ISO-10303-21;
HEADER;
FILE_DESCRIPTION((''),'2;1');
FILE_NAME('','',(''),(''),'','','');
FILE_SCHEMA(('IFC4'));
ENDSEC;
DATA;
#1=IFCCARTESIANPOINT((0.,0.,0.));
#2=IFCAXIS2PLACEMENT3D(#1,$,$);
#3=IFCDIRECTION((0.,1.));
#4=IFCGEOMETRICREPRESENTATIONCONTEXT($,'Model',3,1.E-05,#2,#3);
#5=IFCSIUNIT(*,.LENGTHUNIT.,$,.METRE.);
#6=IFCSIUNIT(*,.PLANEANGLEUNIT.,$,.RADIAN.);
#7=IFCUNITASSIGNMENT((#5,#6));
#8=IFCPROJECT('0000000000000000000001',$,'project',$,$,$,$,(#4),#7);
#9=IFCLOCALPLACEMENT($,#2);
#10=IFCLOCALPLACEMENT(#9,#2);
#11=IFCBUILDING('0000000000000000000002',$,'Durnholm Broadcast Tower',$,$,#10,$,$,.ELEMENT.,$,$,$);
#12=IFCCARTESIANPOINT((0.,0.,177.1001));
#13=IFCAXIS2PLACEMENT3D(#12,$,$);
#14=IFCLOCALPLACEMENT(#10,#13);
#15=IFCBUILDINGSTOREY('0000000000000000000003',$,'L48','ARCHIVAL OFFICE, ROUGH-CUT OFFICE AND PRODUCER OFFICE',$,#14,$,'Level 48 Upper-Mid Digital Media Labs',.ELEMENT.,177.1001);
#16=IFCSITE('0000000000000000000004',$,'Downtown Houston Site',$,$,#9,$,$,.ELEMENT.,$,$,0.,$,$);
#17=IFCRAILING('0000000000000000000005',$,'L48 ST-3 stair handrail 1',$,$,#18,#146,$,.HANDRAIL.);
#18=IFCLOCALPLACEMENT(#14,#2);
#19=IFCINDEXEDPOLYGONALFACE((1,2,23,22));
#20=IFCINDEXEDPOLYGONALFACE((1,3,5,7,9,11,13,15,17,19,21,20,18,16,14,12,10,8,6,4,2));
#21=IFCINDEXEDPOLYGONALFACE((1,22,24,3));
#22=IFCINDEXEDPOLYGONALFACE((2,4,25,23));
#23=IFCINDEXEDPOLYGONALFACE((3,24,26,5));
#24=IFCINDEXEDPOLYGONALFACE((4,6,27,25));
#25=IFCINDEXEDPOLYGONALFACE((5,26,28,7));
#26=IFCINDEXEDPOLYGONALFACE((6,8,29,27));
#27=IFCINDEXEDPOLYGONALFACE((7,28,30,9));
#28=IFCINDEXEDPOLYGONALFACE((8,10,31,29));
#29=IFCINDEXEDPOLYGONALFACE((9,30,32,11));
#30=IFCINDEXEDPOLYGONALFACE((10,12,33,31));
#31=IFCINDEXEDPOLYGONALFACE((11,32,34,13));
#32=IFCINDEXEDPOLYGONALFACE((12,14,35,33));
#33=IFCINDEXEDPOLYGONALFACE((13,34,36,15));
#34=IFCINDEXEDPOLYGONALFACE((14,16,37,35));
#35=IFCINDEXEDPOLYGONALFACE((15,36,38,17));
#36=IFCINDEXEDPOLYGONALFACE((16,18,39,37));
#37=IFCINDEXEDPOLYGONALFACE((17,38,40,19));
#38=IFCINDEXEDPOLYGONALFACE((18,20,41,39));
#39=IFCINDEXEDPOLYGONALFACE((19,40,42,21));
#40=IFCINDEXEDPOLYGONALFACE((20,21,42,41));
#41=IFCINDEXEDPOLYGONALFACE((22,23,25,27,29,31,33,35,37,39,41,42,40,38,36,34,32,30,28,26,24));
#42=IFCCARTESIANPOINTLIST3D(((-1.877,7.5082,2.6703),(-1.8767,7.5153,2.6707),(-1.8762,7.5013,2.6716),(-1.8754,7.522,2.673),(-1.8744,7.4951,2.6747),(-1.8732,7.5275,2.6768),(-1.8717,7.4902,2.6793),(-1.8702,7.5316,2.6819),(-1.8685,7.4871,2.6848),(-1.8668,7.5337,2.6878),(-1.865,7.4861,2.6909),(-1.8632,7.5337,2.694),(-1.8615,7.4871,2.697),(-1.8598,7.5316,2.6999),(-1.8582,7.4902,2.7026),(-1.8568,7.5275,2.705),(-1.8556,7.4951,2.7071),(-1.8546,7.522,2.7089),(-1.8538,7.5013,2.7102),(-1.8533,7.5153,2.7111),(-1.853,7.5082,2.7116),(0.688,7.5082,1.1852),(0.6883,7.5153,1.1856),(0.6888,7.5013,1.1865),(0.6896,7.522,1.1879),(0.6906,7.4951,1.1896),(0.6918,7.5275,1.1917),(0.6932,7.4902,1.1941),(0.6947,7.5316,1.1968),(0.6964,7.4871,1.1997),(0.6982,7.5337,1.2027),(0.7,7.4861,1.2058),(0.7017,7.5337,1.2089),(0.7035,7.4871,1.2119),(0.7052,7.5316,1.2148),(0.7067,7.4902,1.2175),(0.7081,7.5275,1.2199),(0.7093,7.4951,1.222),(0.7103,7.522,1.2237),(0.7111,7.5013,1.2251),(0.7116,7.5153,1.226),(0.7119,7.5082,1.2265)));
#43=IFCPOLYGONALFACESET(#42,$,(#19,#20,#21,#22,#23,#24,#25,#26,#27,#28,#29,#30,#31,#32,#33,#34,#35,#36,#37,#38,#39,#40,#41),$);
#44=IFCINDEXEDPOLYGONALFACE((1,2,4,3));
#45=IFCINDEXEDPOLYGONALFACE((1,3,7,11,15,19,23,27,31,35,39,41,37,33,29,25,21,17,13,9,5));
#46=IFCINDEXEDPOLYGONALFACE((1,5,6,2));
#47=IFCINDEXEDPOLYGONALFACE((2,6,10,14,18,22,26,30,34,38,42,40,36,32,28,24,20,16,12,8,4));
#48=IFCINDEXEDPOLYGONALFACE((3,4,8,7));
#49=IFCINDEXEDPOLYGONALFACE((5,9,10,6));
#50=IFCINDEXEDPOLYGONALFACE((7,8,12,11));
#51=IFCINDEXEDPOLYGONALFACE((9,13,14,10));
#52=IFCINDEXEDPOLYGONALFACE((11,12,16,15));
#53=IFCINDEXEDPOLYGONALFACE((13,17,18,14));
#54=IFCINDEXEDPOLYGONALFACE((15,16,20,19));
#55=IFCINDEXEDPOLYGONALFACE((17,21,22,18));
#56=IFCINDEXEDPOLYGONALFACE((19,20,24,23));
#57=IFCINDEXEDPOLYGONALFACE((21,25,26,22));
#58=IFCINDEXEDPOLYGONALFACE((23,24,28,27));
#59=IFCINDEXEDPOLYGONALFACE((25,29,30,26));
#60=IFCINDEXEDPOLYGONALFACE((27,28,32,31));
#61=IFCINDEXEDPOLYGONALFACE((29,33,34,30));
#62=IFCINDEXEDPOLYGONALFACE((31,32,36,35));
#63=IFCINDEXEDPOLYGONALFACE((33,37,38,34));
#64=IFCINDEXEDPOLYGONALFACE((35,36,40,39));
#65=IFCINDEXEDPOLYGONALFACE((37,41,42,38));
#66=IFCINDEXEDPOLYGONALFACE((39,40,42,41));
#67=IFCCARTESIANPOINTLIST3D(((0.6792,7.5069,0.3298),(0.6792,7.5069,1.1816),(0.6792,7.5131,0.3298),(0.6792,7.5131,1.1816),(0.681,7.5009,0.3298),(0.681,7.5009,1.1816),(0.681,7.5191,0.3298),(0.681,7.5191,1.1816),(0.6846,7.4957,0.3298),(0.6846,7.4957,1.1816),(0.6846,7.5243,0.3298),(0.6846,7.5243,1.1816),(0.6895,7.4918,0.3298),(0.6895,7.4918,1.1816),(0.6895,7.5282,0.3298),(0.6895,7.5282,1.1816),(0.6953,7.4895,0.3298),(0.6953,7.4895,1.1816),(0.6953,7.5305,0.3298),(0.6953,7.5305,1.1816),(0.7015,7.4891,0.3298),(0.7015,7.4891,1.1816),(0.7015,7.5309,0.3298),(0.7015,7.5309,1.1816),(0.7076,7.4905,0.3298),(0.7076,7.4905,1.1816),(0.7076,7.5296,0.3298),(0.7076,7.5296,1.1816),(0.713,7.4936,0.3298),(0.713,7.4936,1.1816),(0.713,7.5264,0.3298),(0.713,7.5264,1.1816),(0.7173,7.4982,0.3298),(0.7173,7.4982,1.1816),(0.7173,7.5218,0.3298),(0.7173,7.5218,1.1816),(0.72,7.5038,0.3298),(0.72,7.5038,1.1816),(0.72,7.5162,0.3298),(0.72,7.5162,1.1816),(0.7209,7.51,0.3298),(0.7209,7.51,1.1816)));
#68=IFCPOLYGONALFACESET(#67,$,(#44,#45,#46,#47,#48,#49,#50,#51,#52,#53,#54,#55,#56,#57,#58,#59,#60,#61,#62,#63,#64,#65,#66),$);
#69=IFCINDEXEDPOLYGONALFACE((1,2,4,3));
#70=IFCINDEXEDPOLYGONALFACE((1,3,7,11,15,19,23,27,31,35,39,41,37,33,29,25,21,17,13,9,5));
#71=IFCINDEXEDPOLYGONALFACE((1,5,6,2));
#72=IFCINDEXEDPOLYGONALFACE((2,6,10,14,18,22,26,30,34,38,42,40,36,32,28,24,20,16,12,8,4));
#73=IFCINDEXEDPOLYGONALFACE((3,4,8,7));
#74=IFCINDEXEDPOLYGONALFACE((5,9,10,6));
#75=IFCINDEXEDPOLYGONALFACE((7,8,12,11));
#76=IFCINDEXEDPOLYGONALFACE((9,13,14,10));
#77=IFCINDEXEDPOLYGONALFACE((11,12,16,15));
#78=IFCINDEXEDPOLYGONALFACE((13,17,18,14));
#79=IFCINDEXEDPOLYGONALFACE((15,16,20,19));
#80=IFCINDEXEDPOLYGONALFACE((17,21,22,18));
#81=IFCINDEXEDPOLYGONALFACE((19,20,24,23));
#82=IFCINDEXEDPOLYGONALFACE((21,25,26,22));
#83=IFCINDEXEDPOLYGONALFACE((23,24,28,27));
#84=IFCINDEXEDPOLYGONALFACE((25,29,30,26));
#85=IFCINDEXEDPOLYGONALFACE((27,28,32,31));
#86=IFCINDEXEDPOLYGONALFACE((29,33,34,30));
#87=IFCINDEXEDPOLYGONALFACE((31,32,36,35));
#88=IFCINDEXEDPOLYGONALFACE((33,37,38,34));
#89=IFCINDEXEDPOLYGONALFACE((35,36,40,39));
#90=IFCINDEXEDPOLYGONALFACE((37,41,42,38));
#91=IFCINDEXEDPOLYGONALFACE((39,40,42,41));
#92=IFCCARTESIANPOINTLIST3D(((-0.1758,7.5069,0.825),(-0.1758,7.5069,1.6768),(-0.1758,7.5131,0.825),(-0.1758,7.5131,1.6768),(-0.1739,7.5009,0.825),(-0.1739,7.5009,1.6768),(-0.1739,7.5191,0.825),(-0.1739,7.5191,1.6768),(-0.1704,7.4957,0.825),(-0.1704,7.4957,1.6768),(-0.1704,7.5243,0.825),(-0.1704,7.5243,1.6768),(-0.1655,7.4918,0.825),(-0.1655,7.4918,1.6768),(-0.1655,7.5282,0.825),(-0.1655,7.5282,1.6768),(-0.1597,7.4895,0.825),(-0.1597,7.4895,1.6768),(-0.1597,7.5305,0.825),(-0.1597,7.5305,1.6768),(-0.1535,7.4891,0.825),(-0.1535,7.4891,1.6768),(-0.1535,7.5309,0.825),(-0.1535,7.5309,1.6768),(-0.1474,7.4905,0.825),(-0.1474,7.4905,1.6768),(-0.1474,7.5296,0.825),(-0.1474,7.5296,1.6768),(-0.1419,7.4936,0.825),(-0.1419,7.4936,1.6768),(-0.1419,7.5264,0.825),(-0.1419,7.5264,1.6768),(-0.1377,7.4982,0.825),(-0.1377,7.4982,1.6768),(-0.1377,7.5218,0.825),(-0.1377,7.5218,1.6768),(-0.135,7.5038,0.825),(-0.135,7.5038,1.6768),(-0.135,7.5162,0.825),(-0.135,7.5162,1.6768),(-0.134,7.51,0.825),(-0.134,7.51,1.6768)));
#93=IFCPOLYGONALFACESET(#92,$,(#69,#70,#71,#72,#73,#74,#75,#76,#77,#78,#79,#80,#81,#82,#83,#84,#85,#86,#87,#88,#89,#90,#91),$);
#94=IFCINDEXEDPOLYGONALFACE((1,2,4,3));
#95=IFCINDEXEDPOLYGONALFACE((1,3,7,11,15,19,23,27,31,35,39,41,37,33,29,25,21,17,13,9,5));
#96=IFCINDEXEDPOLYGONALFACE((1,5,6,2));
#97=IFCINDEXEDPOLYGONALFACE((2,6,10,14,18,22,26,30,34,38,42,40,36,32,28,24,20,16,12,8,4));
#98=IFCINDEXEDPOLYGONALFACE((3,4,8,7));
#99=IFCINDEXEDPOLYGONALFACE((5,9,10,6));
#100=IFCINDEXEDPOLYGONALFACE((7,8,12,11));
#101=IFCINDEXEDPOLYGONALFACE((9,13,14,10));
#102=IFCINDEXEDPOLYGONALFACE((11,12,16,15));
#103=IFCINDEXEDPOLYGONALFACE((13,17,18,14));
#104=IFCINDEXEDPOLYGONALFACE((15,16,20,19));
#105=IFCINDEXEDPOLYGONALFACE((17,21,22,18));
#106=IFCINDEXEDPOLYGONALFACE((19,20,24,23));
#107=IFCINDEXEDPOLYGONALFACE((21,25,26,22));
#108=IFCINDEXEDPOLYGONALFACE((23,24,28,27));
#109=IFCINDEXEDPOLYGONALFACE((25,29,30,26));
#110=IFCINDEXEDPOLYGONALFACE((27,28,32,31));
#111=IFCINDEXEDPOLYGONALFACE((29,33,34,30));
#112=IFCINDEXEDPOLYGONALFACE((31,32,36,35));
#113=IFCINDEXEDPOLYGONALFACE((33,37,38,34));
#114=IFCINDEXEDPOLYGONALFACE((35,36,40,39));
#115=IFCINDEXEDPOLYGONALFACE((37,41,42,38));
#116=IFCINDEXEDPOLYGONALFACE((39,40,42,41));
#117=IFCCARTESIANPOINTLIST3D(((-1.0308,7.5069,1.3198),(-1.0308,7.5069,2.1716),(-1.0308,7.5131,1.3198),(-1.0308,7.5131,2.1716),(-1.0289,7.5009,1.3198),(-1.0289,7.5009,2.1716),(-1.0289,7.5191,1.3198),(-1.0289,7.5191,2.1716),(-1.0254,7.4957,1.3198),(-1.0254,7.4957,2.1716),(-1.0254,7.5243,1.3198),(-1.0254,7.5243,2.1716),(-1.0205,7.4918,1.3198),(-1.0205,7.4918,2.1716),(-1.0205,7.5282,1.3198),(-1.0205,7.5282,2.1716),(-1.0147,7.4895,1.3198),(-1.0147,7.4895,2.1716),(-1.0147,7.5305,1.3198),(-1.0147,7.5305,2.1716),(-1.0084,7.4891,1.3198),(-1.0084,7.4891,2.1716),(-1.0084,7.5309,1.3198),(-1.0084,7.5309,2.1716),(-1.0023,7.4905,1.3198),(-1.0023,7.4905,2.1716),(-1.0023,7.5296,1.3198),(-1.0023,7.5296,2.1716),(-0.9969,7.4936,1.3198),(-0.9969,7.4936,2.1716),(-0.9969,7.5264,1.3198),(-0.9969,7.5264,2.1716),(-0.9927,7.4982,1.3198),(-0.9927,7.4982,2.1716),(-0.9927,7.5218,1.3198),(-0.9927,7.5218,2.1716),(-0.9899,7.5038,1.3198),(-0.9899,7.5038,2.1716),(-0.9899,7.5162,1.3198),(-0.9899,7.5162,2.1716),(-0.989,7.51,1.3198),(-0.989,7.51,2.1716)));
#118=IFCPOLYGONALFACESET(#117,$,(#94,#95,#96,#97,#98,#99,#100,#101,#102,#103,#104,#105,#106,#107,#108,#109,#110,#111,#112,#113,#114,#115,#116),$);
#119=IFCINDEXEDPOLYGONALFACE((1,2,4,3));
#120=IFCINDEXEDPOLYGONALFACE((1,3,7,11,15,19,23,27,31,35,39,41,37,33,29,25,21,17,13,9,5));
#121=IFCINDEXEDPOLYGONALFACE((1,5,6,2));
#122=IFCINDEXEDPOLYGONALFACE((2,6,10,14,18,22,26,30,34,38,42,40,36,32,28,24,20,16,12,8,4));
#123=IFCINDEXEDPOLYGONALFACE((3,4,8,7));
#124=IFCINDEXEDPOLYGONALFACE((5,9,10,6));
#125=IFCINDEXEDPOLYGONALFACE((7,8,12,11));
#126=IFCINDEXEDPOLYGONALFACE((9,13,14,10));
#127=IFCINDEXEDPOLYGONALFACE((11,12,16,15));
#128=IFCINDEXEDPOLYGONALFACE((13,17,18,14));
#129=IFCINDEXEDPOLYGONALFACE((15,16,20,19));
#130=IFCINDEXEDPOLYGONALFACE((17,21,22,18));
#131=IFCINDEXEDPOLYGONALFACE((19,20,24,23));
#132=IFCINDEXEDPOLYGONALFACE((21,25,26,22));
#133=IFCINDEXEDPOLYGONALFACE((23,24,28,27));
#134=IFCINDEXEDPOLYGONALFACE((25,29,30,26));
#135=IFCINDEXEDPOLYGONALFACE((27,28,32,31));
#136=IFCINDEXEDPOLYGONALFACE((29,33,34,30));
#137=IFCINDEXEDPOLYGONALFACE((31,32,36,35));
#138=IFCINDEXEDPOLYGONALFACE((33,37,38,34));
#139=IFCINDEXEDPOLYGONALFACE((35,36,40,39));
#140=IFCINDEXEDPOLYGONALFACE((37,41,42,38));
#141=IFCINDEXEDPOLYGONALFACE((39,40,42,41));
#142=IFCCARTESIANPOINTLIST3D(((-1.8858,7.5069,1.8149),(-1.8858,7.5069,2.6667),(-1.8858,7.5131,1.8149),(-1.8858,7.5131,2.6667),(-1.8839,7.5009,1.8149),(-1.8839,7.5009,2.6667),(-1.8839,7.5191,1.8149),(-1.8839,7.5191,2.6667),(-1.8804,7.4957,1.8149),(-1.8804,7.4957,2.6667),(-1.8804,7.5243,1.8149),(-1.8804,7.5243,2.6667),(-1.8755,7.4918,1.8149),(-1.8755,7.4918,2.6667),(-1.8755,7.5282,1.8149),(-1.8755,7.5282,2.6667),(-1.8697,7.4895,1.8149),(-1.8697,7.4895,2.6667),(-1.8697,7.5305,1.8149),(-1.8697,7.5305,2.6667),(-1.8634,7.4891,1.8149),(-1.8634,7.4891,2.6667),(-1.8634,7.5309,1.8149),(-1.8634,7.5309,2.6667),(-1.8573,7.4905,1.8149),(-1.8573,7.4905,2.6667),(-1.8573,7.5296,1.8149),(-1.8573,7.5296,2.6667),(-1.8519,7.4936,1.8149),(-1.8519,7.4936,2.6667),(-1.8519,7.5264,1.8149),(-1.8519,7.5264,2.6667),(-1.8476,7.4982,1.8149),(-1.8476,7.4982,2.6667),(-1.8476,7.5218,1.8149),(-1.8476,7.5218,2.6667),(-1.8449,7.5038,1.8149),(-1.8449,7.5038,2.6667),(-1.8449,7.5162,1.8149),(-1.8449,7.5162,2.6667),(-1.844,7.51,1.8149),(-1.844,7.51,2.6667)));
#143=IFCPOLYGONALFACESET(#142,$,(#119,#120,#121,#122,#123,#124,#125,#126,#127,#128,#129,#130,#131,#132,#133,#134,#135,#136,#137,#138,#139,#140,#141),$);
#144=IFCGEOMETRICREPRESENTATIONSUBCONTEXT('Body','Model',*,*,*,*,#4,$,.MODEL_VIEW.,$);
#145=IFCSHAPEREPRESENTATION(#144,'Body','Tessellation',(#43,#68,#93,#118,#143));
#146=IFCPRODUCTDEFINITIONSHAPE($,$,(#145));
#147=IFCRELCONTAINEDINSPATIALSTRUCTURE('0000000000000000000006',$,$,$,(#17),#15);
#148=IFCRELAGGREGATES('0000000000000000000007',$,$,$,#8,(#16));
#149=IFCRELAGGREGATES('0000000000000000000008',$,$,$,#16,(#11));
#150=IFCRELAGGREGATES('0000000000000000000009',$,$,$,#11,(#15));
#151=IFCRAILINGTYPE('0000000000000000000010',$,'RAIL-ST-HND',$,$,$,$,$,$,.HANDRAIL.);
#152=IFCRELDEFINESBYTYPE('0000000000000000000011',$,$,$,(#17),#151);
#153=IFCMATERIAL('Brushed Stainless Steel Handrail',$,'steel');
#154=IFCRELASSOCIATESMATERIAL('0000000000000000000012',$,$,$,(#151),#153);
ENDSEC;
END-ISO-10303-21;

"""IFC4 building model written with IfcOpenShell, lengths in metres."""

from ifc_helpers import new_model, si_unit, direction, frame, origin, origin_2d, place, context, subcontext, project, spatial, circle, extrude, material, type_object, element, save


model = new_model("IFC4")

# Units and contexts
model_context = context("Model", 3, precision=1e-05, world=origin(), true_north=direction((0.0, 1.0)))
body_context = subcontext(model_context, "Body", "Model", "MODEL_VIEW")
ifc_project = project(units=[si_unit("LENGTHUNIT", "METRE"), si_unit("PLANEANGLEUNIT", "RADIAN")], contexts=[model_context])

# Site, building, storey
site_placement = place(None, origin())
site = spatial("IfcSite", under=ifc_project, at=site_placement, Name="Downtown Houston Site", CompositionType="ELEMENT", RefElevation=0.0)
building_placement = place(site_placement, origin())
building = spatial("IfcBuilding", under=site, at=building_placement, Name="Durnholm Broadcast Tower", CompositionType="ELEMENT")
storey_placement = place(building_placement, frame((0.0, 0.0, 177.1001)))
storey = spatial("IfcBuildingStorey", under=building, at=storey_placement, Name="L48", Description="ARCHIVAL OFFICE, ROUGH-CUT OFFICE AND PRODUCER OFFICE", LongName="Level 48 Upper-Mid Digital Media Labs", CompositionType="ELEMENT", Elevation=177.1001)

# Railing
ifc_material_1 = material(Name="Brushed Stainless Steel Handrail", Category="steel")
railing_type_1 = type_object("IfcRailingType", Name="RAIL-ST-HND", PredefinedType="HANDRAIL", material=ifc_material_1)
railing_1_placement = place(storey_placement, frame((0.7, 7.51, 0.3298)))
element("IfcRailing", 1, at=railing_1_placement, inside=storey, type_object=railing_type_1, Name="L48 ST-3 stair handrail 1", PredefinedType="HANDRAIL", context=body_context, shape_type="SweptSolid", body=[
    extrude(circle(Radius=0.0239, at=origin_2d()), frame((0.0, 0.0, 0.876), z_axis=(-0.865406, 0.0, 0.501072), x_axis=(0.0, -1.0, 0.0)), (0.0, 0.0, 1.0), 2.9639),
    extrude(circle(Radius=0.021, at=origin_2d()), origin(), (0.0, 0.0, 1.0), 0.8518),
    extrude(circle(Radius=0.021, at=origin_2d()), frame((-0.855, 0.0, 0.4951)), (0.0, 0.0, 1.0), 0.8518),
    extrude(circle(Radius=0.021, at=origin_2d()), frame((-1.71, 0.0, 0.99)), (0.0, 0.0, 1.0), 0.8518),
    extrude(circle(Radius=0.021, at=origin_2d()), frame((-2.5649, 0.0, 1.4851)), (0.0, 0.0, 1.0), 0.8518),
])

save(model, "model.ifc")
